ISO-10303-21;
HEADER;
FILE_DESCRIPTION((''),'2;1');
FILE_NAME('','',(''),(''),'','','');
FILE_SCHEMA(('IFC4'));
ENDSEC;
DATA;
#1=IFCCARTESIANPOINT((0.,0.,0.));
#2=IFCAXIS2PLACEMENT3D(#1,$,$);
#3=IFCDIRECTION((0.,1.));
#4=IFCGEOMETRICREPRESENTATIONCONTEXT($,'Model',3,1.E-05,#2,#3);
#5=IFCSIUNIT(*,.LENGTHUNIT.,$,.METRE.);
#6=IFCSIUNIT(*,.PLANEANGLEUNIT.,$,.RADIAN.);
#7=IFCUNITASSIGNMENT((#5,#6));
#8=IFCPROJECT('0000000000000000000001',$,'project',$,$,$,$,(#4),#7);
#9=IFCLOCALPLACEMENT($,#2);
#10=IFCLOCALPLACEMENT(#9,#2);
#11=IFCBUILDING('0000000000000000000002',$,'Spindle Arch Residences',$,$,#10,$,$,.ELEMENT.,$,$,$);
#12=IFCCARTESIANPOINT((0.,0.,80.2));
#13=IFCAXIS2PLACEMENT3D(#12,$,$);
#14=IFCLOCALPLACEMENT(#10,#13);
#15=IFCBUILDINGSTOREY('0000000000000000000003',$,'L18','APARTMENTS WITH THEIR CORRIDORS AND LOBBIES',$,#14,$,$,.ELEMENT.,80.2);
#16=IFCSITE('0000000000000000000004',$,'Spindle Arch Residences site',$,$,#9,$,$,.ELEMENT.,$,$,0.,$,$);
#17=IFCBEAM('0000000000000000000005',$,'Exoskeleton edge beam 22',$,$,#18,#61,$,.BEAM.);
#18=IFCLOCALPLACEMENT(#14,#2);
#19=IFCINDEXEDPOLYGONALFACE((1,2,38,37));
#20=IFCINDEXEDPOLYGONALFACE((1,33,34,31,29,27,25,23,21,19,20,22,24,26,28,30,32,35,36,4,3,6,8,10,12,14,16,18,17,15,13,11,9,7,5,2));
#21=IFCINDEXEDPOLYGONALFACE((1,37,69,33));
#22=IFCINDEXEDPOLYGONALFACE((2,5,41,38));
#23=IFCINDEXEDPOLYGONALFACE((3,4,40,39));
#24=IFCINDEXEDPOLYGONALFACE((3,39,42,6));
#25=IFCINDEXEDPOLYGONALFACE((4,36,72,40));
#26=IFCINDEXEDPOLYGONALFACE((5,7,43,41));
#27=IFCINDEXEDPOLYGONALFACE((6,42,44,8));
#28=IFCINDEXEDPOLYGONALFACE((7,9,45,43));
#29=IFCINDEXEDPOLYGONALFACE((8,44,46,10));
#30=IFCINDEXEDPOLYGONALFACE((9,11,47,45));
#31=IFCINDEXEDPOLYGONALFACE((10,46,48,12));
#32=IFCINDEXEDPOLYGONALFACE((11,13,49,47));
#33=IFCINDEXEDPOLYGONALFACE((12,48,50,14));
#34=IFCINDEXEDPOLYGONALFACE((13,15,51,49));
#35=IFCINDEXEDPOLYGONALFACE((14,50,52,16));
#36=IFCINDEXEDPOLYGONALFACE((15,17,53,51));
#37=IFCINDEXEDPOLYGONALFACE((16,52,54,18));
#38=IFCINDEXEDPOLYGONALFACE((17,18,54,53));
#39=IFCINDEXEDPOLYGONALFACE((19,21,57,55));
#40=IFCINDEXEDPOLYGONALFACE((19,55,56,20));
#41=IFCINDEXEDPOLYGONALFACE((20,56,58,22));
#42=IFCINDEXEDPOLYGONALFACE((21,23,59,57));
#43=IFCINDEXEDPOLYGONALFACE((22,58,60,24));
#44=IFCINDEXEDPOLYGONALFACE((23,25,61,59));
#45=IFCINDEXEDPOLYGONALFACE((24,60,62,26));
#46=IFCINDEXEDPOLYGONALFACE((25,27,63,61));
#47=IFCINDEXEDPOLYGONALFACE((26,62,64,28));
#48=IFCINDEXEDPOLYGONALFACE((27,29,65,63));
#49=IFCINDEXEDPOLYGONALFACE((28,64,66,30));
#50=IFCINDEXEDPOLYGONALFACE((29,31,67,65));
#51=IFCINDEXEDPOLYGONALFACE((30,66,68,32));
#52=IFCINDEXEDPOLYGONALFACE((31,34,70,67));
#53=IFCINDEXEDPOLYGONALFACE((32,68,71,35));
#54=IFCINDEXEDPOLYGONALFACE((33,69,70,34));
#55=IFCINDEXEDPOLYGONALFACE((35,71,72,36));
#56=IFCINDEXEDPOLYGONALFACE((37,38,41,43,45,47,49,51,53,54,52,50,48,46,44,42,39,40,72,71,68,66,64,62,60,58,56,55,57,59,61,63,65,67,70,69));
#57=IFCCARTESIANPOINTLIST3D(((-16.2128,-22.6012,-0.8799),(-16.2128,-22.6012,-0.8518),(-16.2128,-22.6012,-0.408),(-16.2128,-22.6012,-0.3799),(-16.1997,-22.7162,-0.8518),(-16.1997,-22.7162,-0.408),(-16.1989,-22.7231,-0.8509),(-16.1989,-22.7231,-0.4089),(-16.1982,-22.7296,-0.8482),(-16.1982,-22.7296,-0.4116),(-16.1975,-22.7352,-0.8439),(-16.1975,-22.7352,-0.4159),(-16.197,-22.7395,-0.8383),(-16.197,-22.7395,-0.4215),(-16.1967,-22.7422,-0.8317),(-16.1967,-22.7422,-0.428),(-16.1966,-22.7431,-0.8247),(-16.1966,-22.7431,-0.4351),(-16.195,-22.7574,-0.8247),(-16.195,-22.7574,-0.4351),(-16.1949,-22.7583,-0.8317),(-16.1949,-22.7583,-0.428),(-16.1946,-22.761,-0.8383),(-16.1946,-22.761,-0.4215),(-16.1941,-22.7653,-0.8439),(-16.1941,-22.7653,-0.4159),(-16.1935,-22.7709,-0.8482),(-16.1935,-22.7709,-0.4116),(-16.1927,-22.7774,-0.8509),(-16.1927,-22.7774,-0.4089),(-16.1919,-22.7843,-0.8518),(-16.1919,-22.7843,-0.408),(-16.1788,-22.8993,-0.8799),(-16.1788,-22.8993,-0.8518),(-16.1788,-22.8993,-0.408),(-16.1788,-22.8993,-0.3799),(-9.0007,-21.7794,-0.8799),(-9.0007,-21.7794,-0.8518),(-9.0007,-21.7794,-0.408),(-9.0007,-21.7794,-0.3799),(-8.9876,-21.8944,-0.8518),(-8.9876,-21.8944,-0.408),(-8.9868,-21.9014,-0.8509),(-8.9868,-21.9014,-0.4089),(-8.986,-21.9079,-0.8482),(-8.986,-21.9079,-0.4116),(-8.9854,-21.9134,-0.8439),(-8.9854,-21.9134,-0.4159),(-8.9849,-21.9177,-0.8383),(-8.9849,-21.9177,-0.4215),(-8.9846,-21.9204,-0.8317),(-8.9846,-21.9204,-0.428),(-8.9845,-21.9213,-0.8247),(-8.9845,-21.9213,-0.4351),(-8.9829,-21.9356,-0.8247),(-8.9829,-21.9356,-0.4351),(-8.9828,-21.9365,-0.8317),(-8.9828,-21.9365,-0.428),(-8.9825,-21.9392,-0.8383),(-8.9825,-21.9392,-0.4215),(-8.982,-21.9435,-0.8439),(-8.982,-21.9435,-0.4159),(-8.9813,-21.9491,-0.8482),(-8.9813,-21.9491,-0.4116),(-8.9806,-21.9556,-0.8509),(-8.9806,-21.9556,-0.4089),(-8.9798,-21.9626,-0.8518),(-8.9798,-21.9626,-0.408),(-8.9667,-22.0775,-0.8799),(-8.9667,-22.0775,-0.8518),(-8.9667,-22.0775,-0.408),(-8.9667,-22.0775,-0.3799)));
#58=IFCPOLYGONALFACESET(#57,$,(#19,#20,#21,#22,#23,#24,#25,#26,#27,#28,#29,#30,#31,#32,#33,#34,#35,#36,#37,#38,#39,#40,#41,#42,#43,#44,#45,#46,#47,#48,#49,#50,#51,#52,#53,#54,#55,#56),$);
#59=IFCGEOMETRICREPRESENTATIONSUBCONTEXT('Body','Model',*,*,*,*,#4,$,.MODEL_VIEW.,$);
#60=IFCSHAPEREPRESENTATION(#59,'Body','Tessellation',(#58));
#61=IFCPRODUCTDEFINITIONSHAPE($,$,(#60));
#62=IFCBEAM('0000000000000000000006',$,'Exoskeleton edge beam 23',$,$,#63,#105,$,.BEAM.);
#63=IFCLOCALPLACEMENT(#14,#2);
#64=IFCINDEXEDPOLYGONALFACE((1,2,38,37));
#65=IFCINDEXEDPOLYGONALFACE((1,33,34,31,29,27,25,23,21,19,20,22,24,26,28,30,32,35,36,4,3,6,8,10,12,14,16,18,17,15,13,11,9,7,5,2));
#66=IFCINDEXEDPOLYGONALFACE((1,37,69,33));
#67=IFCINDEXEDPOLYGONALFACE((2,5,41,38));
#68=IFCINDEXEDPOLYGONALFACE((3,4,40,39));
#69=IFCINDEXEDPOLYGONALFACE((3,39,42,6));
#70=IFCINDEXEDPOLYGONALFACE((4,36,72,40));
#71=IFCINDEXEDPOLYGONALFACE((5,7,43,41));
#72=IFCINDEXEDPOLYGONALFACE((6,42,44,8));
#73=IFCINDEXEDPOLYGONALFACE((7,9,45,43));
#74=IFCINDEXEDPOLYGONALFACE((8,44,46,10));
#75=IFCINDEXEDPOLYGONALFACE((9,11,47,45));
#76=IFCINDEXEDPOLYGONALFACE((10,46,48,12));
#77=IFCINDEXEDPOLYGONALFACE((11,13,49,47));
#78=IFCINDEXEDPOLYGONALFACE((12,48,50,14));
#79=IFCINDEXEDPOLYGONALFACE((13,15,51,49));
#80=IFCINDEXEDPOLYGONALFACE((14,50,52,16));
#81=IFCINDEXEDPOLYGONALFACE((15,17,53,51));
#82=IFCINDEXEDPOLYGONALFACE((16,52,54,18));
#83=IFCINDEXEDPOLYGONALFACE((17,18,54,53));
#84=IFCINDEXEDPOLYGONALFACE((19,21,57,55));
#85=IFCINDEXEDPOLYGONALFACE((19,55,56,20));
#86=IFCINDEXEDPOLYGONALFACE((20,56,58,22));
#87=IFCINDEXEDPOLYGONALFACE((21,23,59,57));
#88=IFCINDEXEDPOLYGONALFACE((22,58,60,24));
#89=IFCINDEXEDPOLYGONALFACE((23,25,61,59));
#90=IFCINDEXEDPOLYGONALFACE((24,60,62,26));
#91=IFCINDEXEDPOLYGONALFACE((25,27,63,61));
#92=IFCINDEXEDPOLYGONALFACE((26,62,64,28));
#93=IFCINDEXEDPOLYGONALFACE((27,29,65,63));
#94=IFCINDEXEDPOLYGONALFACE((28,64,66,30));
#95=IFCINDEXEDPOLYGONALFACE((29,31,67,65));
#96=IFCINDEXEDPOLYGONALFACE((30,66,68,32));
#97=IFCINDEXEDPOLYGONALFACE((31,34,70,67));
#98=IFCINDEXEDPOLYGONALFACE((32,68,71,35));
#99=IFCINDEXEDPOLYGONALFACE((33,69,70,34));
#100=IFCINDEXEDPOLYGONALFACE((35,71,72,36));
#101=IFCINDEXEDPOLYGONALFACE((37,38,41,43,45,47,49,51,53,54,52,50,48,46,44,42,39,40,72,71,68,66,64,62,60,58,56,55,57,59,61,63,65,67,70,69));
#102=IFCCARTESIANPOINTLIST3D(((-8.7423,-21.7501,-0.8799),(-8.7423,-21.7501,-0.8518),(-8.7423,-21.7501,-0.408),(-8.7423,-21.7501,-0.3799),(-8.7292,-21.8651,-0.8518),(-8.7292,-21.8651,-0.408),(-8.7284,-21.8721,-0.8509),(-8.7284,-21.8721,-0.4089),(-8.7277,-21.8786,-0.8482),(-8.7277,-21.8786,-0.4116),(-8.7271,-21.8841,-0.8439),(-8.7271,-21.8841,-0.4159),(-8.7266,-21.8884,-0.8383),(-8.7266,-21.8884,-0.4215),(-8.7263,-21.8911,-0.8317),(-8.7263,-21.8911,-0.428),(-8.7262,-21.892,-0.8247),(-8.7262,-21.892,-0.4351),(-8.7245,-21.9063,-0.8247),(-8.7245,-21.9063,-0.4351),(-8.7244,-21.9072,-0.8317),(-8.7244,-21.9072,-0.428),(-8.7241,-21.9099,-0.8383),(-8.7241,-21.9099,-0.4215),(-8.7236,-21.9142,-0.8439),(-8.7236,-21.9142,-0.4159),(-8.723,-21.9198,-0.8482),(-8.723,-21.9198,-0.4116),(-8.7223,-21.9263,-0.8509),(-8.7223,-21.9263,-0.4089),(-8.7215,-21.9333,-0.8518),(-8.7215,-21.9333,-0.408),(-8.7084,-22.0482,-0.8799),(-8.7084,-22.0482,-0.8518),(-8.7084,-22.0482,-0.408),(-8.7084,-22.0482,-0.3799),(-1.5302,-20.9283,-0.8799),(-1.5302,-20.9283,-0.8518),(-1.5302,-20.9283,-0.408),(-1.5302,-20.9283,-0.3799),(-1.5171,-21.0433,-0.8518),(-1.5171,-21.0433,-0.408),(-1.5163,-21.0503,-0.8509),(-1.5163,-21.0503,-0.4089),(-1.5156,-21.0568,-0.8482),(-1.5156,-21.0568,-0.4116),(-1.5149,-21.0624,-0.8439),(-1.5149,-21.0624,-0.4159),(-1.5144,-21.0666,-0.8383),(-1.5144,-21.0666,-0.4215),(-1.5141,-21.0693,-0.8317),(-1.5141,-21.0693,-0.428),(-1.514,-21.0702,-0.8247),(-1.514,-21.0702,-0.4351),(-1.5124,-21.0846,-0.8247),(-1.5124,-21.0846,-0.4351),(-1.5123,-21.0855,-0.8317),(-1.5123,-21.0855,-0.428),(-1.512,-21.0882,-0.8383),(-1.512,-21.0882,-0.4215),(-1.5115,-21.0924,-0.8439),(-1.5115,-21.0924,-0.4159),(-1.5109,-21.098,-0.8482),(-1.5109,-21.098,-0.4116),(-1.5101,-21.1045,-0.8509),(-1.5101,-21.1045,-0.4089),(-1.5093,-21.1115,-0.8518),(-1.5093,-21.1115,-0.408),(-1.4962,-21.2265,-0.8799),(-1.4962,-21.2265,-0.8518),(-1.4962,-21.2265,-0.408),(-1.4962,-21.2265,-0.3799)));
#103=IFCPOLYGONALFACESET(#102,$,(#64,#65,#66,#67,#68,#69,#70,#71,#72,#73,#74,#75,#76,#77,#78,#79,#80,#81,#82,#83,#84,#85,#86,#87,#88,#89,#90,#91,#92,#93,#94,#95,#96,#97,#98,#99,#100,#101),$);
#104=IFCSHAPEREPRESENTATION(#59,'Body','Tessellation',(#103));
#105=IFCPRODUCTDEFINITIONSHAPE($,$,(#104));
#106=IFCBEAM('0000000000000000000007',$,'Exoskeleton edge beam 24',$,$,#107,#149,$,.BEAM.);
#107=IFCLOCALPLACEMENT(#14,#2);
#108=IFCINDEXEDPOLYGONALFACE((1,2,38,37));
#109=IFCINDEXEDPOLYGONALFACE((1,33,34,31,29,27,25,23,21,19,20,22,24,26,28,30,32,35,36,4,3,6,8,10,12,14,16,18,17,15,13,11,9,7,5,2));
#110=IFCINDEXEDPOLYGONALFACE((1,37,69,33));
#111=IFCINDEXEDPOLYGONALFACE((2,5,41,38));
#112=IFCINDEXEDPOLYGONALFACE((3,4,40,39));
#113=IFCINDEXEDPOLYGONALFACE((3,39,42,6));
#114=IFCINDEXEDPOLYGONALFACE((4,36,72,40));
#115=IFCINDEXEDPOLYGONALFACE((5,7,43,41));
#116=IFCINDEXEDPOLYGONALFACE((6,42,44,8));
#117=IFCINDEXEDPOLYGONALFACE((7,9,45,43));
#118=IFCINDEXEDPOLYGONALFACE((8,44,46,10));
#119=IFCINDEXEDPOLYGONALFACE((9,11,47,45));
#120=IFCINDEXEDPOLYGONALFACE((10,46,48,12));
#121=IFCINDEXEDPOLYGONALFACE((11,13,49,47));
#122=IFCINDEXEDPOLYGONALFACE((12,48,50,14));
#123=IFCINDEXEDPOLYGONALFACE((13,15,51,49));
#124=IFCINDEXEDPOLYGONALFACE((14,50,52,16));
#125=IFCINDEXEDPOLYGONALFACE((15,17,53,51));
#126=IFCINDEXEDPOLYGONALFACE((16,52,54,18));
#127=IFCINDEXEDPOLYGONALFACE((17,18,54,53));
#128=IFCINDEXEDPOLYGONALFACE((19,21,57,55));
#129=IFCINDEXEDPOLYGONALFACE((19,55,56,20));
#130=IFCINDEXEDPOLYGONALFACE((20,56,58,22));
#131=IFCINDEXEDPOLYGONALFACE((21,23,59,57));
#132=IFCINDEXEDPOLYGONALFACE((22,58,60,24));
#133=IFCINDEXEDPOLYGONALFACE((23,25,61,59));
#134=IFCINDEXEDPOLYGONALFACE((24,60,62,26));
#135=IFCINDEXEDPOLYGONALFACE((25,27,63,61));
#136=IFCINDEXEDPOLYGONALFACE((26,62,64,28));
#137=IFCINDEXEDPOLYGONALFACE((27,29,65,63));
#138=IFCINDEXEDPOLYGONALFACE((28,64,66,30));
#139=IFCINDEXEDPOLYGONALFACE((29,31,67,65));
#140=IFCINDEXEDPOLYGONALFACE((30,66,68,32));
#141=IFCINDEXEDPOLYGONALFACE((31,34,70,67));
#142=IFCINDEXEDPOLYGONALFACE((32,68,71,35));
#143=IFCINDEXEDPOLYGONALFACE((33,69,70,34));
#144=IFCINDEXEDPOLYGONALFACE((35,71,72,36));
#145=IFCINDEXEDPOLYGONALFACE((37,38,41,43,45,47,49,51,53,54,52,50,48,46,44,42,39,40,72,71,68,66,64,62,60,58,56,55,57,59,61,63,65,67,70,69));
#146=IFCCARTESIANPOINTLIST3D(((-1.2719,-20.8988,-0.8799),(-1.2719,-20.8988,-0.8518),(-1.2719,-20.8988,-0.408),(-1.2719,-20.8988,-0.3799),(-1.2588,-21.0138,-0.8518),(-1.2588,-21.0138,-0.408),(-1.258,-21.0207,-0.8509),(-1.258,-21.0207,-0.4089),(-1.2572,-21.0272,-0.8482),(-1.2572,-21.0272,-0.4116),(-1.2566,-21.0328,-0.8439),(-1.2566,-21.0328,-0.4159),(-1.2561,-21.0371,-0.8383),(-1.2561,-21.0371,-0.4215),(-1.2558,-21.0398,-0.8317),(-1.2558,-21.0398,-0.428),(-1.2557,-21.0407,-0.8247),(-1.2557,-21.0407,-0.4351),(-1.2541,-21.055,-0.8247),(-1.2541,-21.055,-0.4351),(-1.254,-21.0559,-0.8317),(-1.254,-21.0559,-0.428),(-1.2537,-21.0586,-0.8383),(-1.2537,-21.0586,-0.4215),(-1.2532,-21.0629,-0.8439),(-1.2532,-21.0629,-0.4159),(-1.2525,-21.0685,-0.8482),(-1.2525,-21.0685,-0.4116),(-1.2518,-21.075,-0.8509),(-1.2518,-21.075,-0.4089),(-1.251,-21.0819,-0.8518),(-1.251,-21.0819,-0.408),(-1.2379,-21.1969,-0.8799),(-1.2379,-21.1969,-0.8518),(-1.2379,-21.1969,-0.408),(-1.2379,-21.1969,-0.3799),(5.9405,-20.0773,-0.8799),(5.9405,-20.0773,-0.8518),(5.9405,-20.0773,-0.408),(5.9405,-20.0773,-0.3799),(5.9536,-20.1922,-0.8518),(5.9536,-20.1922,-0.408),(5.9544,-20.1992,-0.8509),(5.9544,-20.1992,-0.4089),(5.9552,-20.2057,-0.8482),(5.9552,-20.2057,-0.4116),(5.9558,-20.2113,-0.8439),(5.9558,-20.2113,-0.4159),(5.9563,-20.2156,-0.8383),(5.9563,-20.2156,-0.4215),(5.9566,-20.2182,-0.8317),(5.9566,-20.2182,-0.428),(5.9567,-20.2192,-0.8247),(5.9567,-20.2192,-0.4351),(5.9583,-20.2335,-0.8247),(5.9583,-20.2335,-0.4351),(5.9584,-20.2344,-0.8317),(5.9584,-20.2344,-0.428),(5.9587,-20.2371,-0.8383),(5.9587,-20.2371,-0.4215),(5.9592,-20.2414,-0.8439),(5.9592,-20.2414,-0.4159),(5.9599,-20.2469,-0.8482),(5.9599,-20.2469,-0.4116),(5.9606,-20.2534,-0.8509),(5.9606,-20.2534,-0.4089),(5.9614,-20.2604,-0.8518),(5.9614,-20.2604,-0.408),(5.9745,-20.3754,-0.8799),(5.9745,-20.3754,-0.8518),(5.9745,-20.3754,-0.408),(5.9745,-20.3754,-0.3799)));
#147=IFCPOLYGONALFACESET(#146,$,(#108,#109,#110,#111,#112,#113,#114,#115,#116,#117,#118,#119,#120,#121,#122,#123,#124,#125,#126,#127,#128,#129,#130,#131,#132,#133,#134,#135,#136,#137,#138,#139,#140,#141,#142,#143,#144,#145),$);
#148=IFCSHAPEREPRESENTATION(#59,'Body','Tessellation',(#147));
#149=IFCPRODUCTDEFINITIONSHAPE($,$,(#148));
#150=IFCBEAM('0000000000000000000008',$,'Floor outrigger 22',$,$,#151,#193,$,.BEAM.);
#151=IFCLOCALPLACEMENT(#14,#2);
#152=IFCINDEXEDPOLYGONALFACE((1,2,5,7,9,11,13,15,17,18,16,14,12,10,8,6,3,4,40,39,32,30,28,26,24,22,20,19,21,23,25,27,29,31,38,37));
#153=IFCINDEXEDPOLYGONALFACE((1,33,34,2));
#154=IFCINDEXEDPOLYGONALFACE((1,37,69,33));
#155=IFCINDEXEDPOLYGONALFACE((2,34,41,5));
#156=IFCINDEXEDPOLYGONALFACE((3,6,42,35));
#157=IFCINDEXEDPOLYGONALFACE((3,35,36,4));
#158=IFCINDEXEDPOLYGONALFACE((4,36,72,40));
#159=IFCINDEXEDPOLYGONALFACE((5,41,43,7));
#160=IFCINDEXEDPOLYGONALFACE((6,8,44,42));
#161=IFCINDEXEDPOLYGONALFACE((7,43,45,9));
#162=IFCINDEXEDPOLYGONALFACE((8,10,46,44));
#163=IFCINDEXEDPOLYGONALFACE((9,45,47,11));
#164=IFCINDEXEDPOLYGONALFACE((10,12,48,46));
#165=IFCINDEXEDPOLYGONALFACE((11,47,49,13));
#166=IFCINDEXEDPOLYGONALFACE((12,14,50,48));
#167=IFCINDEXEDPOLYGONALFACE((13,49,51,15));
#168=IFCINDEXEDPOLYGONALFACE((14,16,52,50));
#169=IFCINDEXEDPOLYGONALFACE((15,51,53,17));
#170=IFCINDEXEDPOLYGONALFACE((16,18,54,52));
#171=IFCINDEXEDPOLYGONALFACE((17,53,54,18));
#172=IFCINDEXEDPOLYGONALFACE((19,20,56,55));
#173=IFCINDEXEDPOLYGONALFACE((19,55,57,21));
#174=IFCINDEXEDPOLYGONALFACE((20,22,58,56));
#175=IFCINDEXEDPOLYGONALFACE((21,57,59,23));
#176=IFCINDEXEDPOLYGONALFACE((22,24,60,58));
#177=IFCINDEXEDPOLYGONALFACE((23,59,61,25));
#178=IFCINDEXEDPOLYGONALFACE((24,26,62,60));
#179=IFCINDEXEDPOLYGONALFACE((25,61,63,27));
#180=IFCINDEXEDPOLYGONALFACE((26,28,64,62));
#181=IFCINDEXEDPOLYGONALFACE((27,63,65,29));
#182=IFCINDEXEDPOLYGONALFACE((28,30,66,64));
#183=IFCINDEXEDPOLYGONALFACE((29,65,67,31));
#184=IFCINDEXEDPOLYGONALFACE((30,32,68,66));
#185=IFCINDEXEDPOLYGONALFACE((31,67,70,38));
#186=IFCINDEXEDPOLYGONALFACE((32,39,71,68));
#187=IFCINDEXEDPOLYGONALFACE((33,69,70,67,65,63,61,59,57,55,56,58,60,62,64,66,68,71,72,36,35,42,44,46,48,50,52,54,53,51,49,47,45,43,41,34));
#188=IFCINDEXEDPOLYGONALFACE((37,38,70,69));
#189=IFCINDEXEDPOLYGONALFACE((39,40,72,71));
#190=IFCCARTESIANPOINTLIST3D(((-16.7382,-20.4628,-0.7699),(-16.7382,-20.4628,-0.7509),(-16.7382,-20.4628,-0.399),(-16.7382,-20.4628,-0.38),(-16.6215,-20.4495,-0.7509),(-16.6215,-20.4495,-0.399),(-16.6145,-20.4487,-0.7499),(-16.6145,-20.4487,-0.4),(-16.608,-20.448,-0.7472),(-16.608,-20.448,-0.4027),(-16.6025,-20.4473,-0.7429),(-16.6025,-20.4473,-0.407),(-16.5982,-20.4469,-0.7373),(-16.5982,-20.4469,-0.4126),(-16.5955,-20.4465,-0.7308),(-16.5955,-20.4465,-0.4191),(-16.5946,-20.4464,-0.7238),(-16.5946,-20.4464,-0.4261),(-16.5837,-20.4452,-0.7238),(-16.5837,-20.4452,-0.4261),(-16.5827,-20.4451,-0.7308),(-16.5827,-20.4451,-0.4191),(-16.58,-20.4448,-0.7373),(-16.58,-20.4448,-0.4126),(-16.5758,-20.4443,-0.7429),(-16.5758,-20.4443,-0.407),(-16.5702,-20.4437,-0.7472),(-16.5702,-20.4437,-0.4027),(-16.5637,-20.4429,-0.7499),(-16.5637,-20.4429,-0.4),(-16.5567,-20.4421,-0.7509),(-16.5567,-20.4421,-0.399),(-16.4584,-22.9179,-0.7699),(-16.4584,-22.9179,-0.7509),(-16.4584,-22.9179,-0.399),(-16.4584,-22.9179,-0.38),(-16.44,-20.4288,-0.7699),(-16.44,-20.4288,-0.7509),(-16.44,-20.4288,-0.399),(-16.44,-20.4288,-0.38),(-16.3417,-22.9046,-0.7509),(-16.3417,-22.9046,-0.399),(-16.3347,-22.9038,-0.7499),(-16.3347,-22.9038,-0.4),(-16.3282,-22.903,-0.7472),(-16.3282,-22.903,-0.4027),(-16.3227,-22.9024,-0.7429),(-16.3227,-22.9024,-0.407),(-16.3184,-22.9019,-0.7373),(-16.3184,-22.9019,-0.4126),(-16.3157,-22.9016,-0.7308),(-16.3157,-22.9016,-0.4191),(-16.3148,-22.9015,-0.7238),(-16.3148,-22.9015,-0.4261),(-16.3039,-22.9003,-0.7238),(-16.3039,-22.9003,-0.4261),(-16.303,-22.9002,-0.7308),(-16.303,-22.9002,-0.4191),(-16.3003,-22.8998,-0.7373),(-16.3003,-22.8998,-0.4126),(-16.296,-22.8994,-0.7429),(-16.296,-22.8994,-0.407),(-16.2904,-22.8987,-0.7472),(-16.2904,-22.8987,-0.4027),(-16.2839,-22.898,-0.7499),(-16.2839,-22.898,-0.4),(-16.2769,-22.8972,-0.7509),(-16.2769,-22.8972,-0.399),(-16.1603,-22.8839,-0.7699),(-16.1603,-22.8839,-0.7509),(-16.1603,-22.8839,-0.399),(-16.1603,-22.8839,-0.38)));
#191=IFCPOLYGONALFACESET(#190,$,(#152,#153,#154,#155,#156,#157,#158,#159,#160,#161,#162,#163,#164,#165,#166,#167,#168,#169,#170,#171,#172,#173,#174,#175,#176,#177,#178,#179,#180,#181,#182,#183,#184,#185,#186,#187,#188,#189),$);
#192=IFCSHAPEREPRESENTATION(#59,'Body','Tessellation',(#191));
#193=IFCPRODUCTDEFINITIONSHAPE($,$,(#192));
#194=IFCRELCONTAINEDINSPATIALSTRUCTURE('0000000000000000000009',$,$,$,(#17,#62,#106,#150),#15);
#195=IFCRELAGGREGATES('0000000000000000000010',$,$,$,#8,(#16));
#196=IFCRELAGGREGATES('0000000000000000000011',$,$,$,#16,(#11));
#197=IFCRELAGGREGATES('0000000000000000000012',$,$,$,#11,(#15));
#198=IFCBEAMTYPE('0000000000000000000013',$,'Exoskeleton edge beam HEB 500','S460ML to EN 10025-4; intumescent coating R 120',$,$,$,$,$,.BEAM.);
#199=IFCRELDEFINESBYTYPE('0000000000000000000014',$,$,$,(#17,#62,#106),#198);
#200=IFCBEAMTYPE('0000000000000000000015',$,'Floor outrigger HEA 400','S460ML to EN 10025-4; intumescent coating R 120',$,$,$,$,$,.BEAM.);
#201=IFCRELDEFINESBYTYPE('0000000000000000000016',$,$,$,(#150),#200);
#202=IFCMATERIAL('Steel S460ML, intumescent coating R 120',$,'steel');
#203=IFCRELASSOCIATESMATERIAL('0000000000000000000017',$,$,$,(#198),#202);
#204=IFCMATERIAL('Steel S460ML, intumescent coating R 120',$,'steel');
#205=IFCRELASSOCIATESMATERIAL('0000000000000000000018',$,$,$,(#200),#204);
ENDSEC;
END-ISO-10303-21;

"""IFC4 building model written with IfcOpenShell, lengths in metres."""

from ifc_helpers import new_model, si_unit, direction, frame, origin, origin_2d, place, context, subcontext, project, spatial, i_section, extrude, material, material_profile, profile_set, type_object, element, save


model = new_model("IFC4")

# Units and contexts
model_context = context("Model", 3, precision=1e-05, world=origin(), true_north=direction((0.0, 1.0)))
body_context = subcontext(model_context, "Body", "Model", "MODEL_VIEW")
ifc_project = project(units=[si_unit("LENGTHUNIT", "METRE"), si_unit("PLANEANGLEUNIT", "RADIAN")], contexts=[model_context])

# Site, building, storey
site_placement = place(None, origin())
site = spatial("IfcSite", under=ifc_project, at=site_placement, Name="Spindle Arch Residences site", CompositionType="ELEMENT", RefElevation=0.0)
building_placement = place(site_placement, origin())
building = spatial("IfcBuilding", under=site, at=building_placement, Name="Spindle Arch Residences", CompositionType="ELEMENT")
storey_placement = place(building_placement, frame((0.0, 0.0, 80.2)))
storey = spatial("IfcBuildingStorey", under=building, at=storey_placement, Name="L18", Description="APARTMENTS WITH THEIR CORRIDORS AND LOBBIES", CompositionType="ELEMENT", Elevation=80.2)

# Beams
ifc_material_1 = material(Name="Steel S460ML, intumescent coating R 120", Category="steel")
ifc_material_profile_1 = material_profile(ifc_material_1, i_section(OverallWidth=0.3, OverallDepth=0.5, WebThickness=0.0144, FlangeThickness=0.0281, FilletRadius=0.0271, at=origin_2d()), Name="HEB 500")
ifc_profile_set_1 = profile_set([ifc_material_profile_1], Name="Steel S460ML, intumescent coating R 120")
beam_type_1 = type_object("IfcBeamType", Name="Exoskeleton edge beam HEB 500", Description="S460ML to EN 10025-4; intumescent coating R 120", PredefinedType="BEAM", material=ifc_profile_set_1)
for number, where, z_axis, x_axis, name in (
    (1, (-16.1958, -22.7502, -0.6299), (0.993571, 0.113211, 0.0), (-0.113211, 0.993571, 0.0), "Exoskeleton edge beam 22"),
    (2, (-8.7253, -21.8992, -0.6299), (0.993571, 0.113211, 0.0), (-0.113211, 0.993571, 0.0), "Exoskeleton edge beam 23"),
):
    element("IfcBeam", number, at=place(storey_placement, frame(where, z_axis=z_axis, x_axis=x_axis)), inside=storey, type_object=beam_type_1, Name=name, PredefinedType="BEAM", context=body_context, shape_type="SweptSolid", body=[
        extrude(i_section(OverallWidth=0.3, OverallDepth=0.5, WebThickness=0.0144, FlangeThickness=0.0281, FilletRadius=0.0271, at=origin_2d()), origin(), (0.0, 0.0, 1.0), 7.2588),
    ])
beam_1_placement = place(storey_placement, frame((-1.2549, -21.0479, -0.6299), z_axis=(0.993575, 0.113174, 0.0), x_axis=(-0.113174, 0.993575, 0.0)))
element("IfcBeam", 3, at=beam_1_placement, inside=storey, type_object=beam_type_1, Name="Exoskeleton edge beam 24", PredefinedType="BEAM", context=body_context, shape_type="SweptSolid", body=[
    extrude(i_section(OverallWidth=0.3, OverallDepth=0.5, WebThickness=0.0144, FlangeThickness=0.0281, FilletRadius=0.0271, at=origin_2d()), origin(), (0.0, 0.0, 1.0), 7.259),
])
ifc_material_2 = material(Name="Steel S460ML, intumescent coating R 120", Category="steel")
ifc_material_profile_2 = material_profile(ifc_material_2, i_section(OverallWidth=0.3, OverallDepth=0.3899, WebThickness=0.011, FlangeThickness=0.019, FilletRadius=0.0271, at=origin_2d()), Name="HEA 400")
ifc_profile_set_2 = profile_set([ifc_material_profile_2], Name="Steel S460ML, intumescent coating R 120")
beam_type_2 = type_object("IfcBeamType", Name="Floor outrigger HEA 400", Description="S460ML to EN 10025-4; intumescent coating R 120", PredefinedType="BEAM", material=ifc_profile_set_2)
beam_2_placement = place(storey_placement, frame((-16.3093, -22.9009, -0.575), z_axis=(-0.113229, 0.993569, 0.0), x_axis=(-0.993569, -0.113229, 0.0)))
element("IfcBeam", 4, at=beam_2_placement, inside=storey, type_object=beam_type_2, Name="Floor outrigger 22", PredefinedType="BEAM", context=body_context, shape_type="SweptSolid", body=[
    extrude(i_section(OverallWidth=0.3, OverallDepth=0.3899, WebThickness=0.011, FlangeThickness=0.019, FilletRadius=0.0271, at=origin_2d()), origin(), (0.0, 0.0, 1.0), 2.4709),
])

save(model, "model.ifc")
